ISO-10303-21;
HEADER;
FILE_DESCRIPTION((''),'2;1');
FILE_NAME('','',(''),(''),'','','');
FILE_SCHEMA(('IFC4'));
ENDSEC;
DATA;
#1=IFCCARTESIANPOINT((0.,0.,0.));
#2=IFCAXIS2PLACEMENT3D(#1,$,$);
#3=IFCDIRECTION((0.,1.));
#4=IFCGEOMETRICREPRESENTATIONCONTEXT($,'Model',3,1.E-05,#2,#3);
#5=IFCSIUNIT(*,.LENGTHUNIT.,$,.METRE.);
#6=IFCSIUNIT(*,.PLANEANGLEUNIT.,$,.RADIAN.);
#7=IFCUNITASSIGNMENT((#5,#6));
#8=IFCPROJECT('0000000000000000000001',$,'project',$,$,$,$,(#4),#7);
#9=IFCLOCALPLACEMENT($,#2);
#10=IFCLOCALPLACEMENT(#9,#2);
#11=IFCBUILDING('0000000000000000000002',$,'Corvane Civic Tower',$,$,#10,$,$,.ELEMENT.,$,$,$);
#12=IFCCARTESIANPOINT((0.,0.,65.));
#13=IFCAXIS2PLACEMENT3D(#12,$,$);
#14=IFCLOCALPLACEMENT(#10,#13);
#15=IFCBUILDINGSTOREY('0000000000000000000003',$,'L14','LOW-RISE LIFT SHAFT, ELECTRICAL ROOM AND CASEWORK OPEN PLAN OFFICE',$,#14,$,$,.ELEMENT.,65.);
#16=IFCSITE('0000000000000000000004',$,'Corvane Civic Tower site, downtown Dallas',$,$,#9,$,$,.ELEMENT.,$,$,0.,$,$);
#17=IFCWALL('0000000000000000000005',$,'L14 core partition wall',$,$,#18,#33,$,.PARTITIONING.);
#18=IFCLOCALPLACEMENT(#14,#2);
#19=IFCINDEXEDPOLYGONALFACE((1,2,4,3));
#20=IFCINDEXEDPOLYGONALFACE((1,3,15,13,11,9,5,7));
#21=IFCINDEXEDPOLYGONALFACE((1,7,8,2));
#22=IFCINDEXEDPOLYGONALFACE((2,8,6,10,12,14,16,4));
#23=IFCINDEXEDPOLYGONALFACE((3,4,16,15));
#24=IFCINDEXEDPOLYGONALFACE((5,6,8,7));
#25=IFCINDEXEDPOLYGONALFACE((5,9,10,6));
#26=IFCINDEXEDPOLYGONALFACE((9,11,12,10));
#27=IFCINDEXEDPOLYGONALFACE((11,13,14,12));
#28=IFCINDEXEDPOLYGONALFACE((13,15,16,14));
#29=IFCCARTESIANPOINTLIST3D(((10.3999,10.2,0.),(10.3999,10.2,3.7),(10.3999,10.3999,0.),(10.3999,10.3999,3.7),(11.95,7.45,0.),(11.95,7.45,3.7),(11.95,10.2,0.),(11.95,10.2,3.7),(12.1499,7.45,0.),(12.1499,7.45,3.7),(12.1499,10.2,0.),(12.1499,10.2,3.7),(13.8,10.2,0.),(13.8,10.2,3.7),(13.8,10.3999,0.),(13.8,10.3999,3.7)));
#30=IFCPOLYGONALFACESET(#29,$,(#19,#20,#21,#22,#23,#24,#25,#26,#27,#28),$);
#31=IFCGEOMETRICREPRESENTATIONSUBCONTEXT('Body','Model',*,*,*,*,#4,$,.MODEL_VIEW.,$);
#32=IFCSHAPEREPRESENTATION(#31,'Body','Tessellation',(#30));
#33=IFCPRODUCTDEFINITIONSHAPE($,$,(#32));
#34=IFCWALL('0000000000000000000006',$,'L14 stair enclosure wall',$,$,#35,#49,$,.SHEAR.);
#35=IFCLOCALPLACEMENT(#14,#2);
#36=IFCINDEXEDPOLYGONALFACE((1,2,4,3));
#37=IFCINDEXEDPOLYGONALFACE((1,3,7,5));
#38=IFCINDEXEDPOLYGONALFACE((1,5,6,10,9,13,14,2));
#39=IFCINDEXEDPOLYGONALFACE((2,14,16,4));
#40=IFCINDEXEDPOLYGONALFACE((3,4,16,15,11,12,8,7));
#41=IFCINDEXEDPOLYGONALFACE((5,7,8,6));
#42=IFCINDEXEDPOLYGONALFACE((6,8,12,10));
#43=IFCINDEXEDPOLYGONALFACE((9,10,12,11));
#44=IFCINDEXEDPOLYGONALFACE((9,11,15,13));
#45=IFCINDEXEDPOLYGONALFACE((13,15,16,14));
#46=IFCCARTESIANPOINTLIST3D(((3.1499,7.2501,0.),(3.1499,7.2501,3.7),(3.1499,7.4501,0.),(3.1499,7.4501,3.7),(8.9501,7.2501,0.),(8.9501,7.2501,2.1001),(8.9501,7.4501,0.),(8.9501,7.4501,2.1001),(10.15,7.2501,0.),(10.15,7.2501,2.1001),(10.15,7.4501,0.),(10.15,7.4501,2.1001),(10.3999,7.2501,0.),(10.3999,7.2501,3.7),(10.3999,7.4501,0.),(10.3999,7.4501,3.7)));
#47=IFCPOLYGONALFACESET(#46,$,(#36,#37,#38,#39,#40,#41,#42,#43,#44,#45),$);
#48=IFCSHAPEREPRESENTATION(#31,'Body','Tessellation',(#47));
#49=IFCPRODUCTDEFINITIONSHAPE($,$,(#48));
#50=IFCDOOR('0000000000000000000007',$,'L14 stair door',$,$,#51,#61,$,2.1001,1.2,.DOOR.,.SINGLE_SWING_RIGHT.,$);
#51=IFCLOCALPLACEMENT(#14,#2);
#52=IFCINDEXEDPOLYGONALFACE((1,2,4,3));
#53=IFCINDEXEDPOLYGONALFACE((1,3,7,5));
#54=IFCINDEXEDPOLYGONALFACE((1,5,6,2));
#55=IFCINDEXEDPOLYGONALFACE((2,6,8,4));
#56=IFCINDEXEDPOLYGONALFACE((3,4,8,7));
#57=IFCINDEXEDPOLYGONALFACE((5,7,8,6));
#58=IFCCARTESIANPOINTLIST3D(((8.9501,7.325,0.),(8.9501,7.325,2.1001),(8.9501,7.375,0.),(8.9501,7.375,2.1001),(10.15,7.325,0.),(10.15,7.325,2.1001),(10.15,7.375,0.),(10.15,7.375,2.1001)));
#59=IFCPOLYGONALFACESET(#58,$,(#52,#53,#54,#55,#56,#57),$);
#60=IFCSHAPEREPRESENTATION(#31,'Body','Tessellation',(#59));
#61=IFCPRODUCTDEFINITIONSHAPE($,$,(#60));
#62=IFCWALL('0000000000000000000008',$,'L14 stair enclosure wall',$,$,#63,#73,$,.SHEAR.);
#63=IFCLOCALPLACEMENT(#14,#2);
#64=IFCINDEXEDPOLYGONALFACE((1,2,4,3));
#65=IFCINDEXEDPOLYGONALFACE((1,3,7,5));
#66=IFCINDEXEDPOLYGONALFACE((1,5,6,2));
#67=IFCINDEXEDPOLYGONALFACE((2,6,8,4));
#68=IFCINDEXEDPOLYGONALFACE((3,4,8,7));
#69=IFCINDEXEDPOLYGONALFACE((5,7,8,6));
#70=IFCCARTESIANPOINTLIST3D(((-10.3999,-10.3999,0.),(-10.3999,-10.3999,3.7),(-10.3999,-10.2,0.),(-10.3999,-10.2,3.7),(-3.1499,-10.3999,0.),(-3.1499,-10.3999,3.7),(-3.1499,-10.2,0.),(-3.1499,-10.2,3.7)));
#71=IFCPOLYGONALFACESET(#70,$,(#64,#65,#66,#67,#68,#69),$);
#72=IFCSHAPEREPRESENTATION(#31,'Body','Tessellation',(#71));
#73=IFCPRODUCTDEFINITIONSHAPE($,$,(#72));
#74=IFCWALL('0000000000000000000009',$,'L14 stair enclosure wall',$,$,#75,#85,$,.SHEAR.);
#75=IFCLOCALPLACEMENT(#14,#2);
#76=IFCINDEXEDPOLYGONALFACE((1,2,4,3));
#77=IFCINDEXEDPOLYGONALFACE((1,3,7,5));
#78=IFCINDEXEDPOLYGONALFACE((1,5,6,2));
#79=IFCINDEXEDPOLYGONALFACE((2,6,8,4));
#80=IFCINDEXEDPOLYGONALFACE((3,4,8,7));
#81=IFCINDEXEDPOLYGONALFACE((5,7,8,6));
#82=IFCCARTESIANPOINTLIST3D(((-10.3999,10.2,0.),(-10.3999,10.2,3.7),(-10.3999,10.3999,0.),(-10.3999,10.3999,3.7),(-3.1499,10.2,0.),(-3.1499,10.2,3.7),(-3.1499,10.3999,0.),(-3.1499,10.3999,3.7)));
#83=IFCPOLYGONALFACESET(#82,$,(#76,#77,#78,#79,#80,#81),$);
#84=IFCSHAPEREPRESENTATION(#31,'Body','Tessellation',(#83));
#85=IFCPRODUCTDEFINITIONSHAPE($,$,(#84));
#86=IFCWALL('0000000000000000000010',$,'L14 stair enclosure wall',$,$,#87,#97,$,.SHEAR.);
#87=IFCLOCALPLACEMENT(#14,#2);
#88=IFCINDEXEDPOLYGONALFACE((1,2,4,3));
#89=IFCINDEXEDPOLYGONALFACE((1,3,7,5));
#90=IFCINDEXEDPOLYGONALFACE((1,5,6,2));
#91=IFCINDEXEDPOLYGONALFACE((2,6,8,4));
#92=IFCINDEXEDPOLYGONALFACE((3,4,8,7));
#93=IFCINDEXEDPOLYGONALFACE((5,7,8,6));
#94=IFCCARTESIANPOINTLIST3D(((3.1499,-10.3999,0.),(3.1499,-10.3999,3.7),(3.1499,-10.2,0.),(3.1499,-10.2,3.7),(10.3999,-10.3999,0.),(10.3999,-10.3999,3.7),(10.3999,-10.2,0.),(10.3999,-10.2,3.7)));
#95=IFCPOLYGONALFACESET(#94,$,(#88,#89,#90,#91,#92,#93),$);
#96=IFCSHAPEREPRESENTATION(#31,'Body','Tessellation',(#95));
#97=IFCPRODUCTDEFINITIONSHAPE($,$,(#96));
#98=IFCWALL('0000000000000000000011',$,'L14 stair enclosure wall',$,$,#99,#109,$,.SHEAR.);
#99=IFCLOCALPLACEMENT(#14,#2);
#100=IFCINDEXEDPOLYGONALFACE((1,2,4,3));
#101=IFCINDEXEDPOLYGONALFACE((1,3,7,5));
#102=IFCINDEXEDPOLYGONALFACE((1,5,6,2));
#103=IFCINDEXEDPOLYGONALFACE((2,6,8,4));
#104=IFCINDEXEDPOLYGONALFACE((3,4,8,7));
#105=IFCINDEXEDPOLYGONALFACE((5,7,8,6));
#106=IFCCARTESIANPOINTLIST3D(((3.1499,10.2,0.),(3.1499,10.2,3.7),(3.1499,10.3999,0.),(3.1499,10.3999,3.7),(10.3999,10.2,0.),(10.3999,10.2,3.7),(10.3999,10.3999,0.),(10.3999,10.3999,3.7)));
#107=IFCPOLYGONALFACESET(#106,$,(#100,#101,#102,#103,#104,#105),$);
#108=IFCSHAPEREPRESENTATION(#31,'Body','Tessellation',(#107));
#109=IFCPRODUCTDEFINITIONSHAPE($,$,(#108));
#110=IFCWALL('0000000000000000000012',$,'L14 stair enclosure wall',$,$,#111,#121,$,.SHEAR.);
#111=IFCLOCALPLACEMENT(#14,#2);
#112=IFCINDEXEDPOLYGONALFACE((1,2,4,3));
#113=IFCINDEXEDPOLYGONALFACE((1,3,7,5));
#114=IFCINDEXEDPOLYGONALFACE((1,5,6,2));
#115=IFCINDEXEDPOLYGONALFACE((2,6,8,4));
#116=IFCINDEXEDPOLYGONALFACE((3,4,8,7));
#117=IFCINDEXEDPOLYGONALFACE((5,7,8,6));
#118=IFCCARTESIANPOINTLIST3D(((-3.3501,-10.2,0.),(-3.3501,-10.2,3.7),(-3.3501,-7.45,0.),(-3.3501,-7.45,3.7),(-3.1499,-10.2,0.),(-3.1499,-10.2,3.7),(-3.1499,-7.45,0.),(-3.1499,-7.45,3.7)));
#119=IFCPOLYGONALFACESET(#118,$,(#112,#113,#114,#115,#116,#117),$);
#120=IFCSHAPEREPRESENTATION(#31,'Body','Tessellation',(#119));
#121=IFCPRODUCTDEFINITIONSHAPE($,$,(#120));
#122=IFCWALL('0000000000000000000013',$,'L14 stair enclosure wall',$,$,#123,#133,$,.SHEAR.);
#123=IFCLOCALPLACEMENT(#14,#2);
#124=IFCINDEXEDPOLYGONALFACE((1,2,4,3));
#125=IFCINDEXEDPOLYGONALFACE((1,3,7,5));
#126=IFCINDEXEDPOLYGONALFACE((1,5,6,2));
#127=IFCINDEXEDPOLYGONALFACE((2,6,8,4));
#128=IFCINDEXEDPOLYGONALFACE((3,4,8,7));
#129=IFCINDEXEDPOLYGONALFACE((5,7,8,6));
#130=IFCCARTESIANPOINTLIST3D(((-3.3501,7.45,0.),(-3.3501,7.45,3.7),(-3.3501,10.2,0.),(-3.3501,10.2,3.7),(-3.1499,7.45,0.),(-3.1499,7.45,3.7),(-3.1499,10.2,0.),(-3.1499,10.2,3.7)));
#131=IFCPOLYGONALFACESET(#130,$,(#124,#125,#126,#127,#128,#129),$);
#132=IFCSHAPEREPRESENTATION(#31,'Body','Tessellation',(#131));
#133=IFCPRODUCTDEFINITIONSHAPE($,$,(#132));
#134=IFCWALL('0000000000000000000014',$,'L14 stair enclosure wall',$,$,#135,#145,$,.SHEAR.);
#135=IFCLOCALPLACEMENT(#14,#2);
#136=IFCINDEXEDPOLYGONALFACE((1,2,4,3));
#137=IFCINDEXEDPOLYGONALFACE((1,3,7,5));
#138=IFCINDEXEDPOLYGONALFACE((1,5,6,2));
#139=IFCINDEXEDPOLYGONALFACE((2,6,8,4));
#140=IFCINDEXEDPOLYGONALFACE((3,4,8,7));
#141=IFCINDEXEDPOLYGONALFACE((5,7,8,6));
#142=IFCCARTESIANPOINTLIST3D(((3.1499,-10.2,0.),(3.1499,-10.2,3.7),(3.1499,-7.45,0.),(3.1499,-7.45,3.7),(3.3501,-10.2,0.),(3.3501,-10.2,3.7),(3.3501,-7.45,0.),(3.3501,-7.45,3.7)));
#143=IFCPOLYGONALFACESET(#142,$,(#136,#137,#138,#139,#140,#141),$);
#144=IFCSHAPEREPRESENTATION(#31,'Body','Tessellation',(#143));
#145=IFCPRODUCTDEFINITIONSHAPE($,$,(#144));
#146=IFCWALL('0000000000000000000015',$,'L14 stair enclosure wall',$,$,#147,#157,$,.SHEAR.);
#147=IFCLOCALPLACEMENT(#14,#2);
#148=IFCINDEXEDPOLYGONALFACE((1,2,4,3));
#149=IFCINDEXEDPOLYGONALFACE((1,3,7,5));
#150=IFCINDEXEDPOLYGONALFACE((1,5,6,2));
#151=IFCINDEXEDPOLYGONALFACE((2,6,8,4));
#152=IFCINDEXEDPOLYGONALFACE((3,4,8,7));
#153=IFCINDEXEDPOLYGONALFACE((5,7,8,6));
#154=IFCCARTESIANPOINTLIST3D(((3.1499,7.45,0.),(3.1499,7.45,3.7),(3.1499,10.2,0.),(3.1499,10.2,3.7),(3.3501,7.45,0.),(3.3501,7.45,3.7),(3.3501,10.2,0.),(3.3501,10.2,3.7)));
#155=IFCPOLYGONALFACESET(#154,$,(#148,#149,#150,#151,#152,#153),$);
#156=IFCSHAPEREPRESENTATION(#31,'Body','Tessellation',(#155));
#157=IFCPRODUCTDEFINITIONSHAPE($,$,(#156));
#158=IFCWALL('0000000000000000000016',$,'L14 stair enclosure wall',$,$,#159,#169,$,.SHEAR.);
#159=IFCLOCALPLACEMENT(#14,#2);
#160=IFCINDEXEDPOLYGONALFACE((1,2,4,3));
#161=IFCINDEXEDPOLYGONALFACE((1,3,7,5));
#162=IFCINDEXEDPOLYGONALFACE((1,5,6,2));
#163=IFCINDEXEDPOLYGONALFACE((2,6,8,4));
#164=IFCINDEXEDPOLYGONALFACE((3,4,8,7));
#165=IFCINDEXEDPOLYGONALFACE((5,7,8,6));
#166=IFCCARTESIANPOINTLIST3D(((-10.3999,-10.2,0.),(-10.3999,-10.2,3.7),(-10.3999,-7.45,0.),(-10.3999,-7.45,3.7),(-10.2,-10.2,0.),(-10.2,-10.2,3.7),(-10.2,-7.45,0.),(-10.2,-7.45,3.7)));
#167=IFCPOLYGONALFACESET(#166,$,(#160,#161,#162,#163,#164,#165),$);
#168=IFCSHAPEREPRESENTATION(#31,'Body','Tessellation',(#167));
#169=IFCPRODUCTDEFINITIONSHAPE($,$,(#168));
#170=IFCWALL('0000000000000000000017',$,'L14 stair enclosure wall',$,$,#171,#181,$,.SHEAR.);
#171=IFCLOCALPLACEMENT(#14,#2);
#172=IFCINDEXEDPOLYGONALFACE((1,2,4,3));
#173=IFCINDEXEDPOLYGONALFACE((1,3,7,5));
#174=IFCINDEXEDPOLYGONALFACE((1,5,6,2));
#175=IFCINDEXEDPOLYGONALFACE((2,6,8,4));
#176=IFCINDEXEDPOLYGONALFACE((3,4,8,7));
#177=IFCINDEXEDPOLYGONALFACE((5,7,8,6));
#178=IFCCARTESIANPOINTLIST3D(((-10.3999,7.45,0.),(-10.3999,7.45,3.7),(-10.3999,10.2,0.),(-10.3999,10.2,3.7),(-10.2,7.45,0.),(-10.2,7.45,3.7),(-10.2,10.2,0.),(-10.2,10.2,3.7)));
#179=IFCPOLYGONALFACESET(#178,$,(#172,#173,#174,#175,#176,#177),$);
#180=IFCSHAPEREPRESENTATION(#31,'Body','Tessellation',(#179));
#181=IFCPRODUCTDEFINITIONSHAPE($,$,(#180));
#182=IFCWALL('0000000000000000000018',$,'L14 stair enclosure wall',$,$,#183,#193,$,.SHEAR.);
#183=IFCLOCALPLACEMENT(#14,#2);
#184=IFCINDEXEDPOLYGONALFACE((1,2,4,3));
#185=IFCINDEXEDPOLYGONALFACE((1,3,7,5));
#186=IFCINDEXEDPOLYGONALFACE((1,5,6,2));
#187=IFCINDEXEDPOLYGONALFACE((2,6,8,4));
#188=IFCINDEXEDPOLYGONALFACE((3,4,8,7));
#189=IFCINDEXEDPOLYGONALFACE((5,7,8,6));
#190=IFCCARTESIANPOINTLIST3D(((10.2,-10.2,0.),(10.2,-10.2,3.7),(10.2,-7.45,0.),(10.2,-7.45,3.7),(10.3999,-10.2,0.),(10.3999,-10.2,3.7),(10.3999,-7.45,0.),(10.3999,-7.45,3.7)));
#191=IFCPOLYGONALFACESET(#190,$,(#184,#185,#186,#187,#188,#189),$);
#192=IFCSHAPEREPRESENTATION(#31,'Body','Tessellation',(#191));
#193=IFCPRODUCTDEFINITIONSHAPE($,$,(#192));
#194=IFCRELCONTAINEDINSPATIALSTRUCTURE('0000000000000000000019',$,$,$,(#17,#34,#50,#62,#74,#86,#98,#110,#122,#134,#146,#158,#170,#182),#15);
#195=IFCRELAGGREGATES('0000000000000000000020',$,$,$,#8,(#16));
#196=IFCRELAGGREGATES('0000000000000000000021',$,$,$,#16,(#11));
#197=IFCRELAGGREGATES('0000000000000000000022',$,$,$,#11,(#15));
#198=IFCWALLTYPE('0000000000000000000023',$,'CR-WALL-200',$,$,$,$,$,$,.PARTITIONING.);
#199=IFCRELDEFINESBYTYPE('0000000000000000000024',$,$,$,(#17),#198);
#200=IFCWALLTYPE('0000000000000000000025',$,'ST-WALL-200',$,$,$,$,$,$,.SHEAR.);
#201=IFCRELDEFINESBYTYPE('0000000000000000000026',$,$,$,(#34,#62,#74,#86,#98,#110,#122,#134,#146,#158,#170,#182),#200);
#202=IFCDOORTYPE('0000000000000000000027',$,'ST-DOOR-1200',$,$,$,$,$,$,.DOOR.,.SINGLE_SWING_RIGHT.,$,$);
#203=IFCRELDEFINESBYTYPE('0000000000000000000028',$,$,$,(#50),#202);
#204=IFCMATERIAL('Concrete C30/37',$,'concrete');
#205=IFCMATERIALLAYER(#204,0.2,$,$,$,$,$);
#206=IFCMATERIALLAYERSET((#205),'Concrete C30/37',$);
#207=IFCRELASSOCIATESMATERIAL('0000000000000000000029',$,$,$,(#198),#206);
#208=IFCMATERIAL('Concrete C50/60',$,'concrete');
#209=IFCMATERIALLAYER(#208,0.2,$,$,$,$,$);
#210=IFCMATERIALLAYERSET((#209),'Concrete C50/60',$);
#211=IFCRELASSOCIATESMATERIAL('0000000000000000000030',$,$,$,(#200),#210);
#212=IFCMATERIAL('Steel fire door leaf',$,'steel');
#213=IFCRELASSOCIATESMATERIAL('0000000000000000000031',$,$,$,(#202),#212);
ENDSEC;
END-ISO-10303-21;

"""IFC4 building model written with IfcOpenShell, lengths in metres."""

from ifc_helpers import new_model, si_unit, direction, frame, frame_2d, origin, place, context, subcontext, project, spatial, polyline, rectangle, outline, extrude, material, layer, layer_set, type_object, element, fill, save


model = new_model("IFC4")

# Units and contexts
model_context = context("Model", 3, precision=1e-05, world=origin(), true_north=direction((0.0, 1.0)))
body_context = subcontext(model_context, "Body", "Model", "MODEL_VIEW")
ifc_project = project(units=[si_unit("LENGTHUNIT", "METRE"), si_unit("PLANEANGLEUNIT", "RADIAN")], contexts=[model_context])

# Site, building, storey
site_placement = place(None, origin())
site = spatial("IfcSite", under=ifc_project, at=site_placement, Name="Corvane Civic Tower site, downtown Dallas", CompositionType="ELEMENT", RefElevation=0.0)
building_placement = place(site_placement, origin())
building = spatial("IfcBuilding", under=site, at=building_placement, Name="Corvane Civic Tower", CompositionType="ELEMENT")
storey_placement = place(building_placement, frame((0.0, 0.0, 65.0)))
storey = spatial("IfcBuildingStorey", under=building, at=storey_placement, Name="L14", Description="LOW-RISE LIFT SHAFT, ELECTRICAL ROOM AND CASEWORK OPEN PLAN OFFICE", CompositionType="ELEMENT", Elevation=65.0)

# Shared definitions
ifc_material_1 = material(Name="Concrete C30/37", Category="concrete")
ifc_layer_1 = layer(ifc_material_1, 0.2)
ifc_layer_set_1 = layer_set([ifc_layer_1], Name="Concrete C30/37")
wall_type_1 = type_object("IfcWallType", Name="CR-WALL-200", PredefinedType="PARTITIONING", material=ifc_layer_set_1)

# Wall
wall_1_placement = place(storey_placement, origin())
element("IfcWall", 1, at=wall_1_placement, inside=storey, type_object=wall_type_1, Name="L14 core partition wall", PredefinedType="PARTITIONING", context=body_context, shape_type="SweptSolid", body=[
    extrude(outline(polyline([(13.8, 10.3999), (13.8, 10.2), (12.1499, 10.2), (12.1499, 7.45), (11.95, 7.45), (11.95, 10.2), (10.3999, 10.2), (10.3999, 10.3999), (13.8, 10.3999)])), origin(), (0.0, 0.0, 1.0), 3.7),
])

# Wall, opening, door
ifc_material_2 = material(Name="Concrete C50/60", Category="concrete")
ifc_layer_2 = layer(ifc_material_2, 0.2)
ifc_layer_set_2 = layer_set([ifc_layer_2], Name="Concrete C50/60")
wall_type_2 = type_object("IfcWallType", Name="ST-WALL-200", PredefinedType="SHEAR", material=ifc_layer_set_2)
wall_2_placement = place(storey_placement, frame((3.1499, 7.3501, 0.0), z_axis=(0.0, 0.0, 1.0), x_axis=(1.0, 0.0, 0.0)))
wall_2 = element("IfcWall", 2, at=wall_2_placement, inside=storey, type_object=wall_type_2, Name="L14 stair enclosure wall", PredefinedType="SHEAR", context=body_context, shape_type="SweptSolid", body=[
    extrude(rectangle(XDim=7.25, YDim=0.2, at=frame_2d((3.625, 0.0))), origin(), (0.0, 0.0, 1.0), 3.7),
])
opening_1_placement = place(wall_2_placement, frame((5.8, 0.0, 0.0)))
opening_1 = element("IfcOpeningElement", 3, at=opening_1_placement, cuts=wall_2, PredefinedType="OPENING", context=body_context, shape_type="SweptSolid", body=[
    extrude(rectangle(XDim=1.2, YDim=2.1001, at=frame_2d((0.6001, 1.05))), frame((0.0, 0.1099, 0.0), z_axis=(0.0, -1.0, 0.0), x_axis=(1.0, 0.0, 0.0)), (0.0, 0.0, 1.0), 0.22),
])
ifc_material_3 = material(Name="Steel fire door leaf", Category="steel")
door_type_1 = type_object("IfcDoorType", Name="ST-DOOR-1200", OperationType="SINGLE_SWING_RIGHT", PredefinedType="DOOR", material=ifc_material_3)
door_1_placement = place(opening_1_placement, origin())
door_1 = element("IfcDoor", 4, at=door_1_placement, inside=storey, type_object=door_type_1, Name="L14 stair door", OperationType="SINGLE_SWING_RIGHT", OverallHeight=2.1001, OverallWidth=1.2, PredefinedType="DOOR", context=body_context, shape_type="SweptSolid", body=[
    extrude(rectangle(XDim=1.2, YDim=2.1001, at=frame_2d((0.6001, 1.05))), frame((0.0, 0.0249, 0.0), z_axis=(0.0, -1.0, 0.0), x_axis=(1.0, 0.0, 0.0)), (0.0, 0.0, 1.0), 0.05),
])
fill(opening_1, door_1)

# Walls
wall_3_placement = place(storey_placement, origin())
element("IfcWall", 5, at=wall_3_placement, inside=storey, type_object=wall_type_2, Name="L14 stair enclosure wall", PredefinedType="SHEAR", context=body_context, shape_type="SweptSolid", body=[
    extrude(outline(polyline([(-3.1499, -10.2), (-3.1499, -10.3999), (-10.3999, -10.3999), (-10.3999, -10.2), (-3.1499, -10.2)])), origin(), (0.0, 0.0, 1.0), 3.7),
])
wall_4_placement = place(storey_placement, origin())
element("IfcWall", 6, at=wall_4_placement, inside=storey, type_object=wall_type_2, Name="L14 stair enclosure wall", PredefinedType="SHEAR", context=body_context, shape_type="SweptSolid", body=[
    extrude(outline(polyline([(-3.1499, 10.2), (-10.3999, 10.2), (-10.3999, 10.3999), (-3.1499, 10.3999), (-3.1499, 10.2)])), origin(), (0.0, 0.0, 1.0), 3.7),
])
wall_5_placement = place(storey_placement, origin())
element("IfcWall", 7, at=wall_5_placement, inside=storey, type_object=wall_type_2, Name="L14 stair enclosure wall", PredefinedType="SHEAR", context=body_context, shape_type="SweptSolid", body=[
    extrude(outline(polyline([(10.3999, -10.3999), (3.1499, -10.3999), (3.1499, -10.2), (10.3999, -10.2), (10.3999, -10.3999)])), origin(), (0.0, 0.0, 1.0), 3.7),
])
wall_6_placement = place(storey_placement, origin())
element("IfcWall", 8, at=wall_6_placement, inside=storey, type_object=wall_type_2, Name="L14 stair enclosure wall", PredefinedType="SHEAR", context=body_context, shape_type="SweptSolid", body=[
    extrude(outline(polyline([(10.3999, 10.2), (3.1499, 10.2), (3.1499, 10.3999), (10.3999, 10.3999), (10.3999, 10.2)])), origin(), (0.0, 0.0, 1.0), 3.7),
])
wall_7_placement = place(storey_placement, origin())
element("IfcWall", 9, at=wall_7_placement, inside=storey, type_object=wall_type_2, Name="L14 stair enclosure wall", PredefinedType="SHEAR", context=body_context, shape_type="SweptSolid", body=[
    extrude(outline(polyline([(-3.1499, -7.45), (-3.1499, -10.2), (-3.3501, -10.2), (-3.3501, -7.45), (-3.1499, -7.45)])), origin(), (0.0, 0.0, 1.0), 3.7),
])
wall_8_placement = place(storey_placement, origin())
element("IfcWall", 10, at=wall_8_placement, inside=storey, type_object=wall_type_2, Name="L14 stair enclosure wall", PredefinedType="SHEAR", context=body_context, shape_type="SweptSolid", body=[
    extrude(outline(polyline([(-3.1499, 7.45), (-3.3501, 7.45), (-3.3501, 10.2), (-3.1499, 10.2), (-3.1499, 7.45)])), origin(), (0.0, 0.0, 1.0), 3.7),
])
wall_9_placement = place(storey_placement, origin())
element("IfcWall", 11, at=wall_9_placement, inside=storey, type_object=wall_type_2, Name="L14 stair enclosure wall", PredefinedType="SHEAR", context=body_context, shape_type="SweptSolid", body=[
    extrude(outline(polyline([(3.3501, -7.45), (3.3501, -10.2), (3.1499, -10.2), (3.1499, -7.45), (3.3501, -7.45)])), origin(), (0.0, 0.0, 1.0), 3.7),
])
wall_10_placement = place(storey_placement, origin())
element("IfcWall", 12, at=wall_10_placement, inside=storey, type_object=wall_type_2, Name="L14 stair enclosure wall", PredefinedType="SHEAR", context=body_context, shape_type="SweptSolid", body=[
    extrude(outline(polyline([(3.3501, 7.45), (3.1499, 7.45), (3.1499, 10.2), (3.3501, 10.2), (3.3501, 7.45)])), origin(), (0.0, 0.0, 1.0), 3.7),
])
wall_11_placement = place(storey_placement, origin())
element("IfcWall", 13, at=wall_11_placement, inside=storey, type_object=wall_type_2, Name="L14 stair enclosure wall", PredefinedType="SHEAR", context=body_context, shape_type="SweptSolid", body=[
    extrude(outline(polyline([(-10.2, -7.45), (-10.2, -10.2), (-10.3999, -10.2), (-10.3999, -7.45), (-10.2, -7.45)])), origin(), (0.0, 0.0, 1.0), 3.7),
])
wall_12_placement = place(storey_placement, origin())
element("IfcWall", 14, at=wall_12_placement, inside=storey, type_object=wall_type_2, Name="L14 stair enclosure wall", PredefinedType="SHEAR", context=body_context, shape_type="SweptSolid", body=[
    extrude(outline(polyline([(-10.2, 7.45), (-10.3999, 7.45), (-10.3999, 10.2), (-10.2, 10.2), (-10.2, 7.45)])), origin(), (0.0, 0.0, 1.0), 3.7),
])
wall_13_placement = place(storey_placement, origin())
element("IfcWall", 15, at=wall_13_placement, inside=storey, type_object=wall_type_2, Name="L14 stair enclosure wall", PredefinedType="SHEAR", context=body_context, shape_type="SweptSolid", body=[
    extrude(outline(polyline([(10.3999, -7.45), (10.3999, -10.2), (10.2, -10.2), (10.2, -7.45), (10.3999, -7.45)])), origin(), (0.0, 0.0, 1.0), 3.7),
])

save(model, "model.ifc")
